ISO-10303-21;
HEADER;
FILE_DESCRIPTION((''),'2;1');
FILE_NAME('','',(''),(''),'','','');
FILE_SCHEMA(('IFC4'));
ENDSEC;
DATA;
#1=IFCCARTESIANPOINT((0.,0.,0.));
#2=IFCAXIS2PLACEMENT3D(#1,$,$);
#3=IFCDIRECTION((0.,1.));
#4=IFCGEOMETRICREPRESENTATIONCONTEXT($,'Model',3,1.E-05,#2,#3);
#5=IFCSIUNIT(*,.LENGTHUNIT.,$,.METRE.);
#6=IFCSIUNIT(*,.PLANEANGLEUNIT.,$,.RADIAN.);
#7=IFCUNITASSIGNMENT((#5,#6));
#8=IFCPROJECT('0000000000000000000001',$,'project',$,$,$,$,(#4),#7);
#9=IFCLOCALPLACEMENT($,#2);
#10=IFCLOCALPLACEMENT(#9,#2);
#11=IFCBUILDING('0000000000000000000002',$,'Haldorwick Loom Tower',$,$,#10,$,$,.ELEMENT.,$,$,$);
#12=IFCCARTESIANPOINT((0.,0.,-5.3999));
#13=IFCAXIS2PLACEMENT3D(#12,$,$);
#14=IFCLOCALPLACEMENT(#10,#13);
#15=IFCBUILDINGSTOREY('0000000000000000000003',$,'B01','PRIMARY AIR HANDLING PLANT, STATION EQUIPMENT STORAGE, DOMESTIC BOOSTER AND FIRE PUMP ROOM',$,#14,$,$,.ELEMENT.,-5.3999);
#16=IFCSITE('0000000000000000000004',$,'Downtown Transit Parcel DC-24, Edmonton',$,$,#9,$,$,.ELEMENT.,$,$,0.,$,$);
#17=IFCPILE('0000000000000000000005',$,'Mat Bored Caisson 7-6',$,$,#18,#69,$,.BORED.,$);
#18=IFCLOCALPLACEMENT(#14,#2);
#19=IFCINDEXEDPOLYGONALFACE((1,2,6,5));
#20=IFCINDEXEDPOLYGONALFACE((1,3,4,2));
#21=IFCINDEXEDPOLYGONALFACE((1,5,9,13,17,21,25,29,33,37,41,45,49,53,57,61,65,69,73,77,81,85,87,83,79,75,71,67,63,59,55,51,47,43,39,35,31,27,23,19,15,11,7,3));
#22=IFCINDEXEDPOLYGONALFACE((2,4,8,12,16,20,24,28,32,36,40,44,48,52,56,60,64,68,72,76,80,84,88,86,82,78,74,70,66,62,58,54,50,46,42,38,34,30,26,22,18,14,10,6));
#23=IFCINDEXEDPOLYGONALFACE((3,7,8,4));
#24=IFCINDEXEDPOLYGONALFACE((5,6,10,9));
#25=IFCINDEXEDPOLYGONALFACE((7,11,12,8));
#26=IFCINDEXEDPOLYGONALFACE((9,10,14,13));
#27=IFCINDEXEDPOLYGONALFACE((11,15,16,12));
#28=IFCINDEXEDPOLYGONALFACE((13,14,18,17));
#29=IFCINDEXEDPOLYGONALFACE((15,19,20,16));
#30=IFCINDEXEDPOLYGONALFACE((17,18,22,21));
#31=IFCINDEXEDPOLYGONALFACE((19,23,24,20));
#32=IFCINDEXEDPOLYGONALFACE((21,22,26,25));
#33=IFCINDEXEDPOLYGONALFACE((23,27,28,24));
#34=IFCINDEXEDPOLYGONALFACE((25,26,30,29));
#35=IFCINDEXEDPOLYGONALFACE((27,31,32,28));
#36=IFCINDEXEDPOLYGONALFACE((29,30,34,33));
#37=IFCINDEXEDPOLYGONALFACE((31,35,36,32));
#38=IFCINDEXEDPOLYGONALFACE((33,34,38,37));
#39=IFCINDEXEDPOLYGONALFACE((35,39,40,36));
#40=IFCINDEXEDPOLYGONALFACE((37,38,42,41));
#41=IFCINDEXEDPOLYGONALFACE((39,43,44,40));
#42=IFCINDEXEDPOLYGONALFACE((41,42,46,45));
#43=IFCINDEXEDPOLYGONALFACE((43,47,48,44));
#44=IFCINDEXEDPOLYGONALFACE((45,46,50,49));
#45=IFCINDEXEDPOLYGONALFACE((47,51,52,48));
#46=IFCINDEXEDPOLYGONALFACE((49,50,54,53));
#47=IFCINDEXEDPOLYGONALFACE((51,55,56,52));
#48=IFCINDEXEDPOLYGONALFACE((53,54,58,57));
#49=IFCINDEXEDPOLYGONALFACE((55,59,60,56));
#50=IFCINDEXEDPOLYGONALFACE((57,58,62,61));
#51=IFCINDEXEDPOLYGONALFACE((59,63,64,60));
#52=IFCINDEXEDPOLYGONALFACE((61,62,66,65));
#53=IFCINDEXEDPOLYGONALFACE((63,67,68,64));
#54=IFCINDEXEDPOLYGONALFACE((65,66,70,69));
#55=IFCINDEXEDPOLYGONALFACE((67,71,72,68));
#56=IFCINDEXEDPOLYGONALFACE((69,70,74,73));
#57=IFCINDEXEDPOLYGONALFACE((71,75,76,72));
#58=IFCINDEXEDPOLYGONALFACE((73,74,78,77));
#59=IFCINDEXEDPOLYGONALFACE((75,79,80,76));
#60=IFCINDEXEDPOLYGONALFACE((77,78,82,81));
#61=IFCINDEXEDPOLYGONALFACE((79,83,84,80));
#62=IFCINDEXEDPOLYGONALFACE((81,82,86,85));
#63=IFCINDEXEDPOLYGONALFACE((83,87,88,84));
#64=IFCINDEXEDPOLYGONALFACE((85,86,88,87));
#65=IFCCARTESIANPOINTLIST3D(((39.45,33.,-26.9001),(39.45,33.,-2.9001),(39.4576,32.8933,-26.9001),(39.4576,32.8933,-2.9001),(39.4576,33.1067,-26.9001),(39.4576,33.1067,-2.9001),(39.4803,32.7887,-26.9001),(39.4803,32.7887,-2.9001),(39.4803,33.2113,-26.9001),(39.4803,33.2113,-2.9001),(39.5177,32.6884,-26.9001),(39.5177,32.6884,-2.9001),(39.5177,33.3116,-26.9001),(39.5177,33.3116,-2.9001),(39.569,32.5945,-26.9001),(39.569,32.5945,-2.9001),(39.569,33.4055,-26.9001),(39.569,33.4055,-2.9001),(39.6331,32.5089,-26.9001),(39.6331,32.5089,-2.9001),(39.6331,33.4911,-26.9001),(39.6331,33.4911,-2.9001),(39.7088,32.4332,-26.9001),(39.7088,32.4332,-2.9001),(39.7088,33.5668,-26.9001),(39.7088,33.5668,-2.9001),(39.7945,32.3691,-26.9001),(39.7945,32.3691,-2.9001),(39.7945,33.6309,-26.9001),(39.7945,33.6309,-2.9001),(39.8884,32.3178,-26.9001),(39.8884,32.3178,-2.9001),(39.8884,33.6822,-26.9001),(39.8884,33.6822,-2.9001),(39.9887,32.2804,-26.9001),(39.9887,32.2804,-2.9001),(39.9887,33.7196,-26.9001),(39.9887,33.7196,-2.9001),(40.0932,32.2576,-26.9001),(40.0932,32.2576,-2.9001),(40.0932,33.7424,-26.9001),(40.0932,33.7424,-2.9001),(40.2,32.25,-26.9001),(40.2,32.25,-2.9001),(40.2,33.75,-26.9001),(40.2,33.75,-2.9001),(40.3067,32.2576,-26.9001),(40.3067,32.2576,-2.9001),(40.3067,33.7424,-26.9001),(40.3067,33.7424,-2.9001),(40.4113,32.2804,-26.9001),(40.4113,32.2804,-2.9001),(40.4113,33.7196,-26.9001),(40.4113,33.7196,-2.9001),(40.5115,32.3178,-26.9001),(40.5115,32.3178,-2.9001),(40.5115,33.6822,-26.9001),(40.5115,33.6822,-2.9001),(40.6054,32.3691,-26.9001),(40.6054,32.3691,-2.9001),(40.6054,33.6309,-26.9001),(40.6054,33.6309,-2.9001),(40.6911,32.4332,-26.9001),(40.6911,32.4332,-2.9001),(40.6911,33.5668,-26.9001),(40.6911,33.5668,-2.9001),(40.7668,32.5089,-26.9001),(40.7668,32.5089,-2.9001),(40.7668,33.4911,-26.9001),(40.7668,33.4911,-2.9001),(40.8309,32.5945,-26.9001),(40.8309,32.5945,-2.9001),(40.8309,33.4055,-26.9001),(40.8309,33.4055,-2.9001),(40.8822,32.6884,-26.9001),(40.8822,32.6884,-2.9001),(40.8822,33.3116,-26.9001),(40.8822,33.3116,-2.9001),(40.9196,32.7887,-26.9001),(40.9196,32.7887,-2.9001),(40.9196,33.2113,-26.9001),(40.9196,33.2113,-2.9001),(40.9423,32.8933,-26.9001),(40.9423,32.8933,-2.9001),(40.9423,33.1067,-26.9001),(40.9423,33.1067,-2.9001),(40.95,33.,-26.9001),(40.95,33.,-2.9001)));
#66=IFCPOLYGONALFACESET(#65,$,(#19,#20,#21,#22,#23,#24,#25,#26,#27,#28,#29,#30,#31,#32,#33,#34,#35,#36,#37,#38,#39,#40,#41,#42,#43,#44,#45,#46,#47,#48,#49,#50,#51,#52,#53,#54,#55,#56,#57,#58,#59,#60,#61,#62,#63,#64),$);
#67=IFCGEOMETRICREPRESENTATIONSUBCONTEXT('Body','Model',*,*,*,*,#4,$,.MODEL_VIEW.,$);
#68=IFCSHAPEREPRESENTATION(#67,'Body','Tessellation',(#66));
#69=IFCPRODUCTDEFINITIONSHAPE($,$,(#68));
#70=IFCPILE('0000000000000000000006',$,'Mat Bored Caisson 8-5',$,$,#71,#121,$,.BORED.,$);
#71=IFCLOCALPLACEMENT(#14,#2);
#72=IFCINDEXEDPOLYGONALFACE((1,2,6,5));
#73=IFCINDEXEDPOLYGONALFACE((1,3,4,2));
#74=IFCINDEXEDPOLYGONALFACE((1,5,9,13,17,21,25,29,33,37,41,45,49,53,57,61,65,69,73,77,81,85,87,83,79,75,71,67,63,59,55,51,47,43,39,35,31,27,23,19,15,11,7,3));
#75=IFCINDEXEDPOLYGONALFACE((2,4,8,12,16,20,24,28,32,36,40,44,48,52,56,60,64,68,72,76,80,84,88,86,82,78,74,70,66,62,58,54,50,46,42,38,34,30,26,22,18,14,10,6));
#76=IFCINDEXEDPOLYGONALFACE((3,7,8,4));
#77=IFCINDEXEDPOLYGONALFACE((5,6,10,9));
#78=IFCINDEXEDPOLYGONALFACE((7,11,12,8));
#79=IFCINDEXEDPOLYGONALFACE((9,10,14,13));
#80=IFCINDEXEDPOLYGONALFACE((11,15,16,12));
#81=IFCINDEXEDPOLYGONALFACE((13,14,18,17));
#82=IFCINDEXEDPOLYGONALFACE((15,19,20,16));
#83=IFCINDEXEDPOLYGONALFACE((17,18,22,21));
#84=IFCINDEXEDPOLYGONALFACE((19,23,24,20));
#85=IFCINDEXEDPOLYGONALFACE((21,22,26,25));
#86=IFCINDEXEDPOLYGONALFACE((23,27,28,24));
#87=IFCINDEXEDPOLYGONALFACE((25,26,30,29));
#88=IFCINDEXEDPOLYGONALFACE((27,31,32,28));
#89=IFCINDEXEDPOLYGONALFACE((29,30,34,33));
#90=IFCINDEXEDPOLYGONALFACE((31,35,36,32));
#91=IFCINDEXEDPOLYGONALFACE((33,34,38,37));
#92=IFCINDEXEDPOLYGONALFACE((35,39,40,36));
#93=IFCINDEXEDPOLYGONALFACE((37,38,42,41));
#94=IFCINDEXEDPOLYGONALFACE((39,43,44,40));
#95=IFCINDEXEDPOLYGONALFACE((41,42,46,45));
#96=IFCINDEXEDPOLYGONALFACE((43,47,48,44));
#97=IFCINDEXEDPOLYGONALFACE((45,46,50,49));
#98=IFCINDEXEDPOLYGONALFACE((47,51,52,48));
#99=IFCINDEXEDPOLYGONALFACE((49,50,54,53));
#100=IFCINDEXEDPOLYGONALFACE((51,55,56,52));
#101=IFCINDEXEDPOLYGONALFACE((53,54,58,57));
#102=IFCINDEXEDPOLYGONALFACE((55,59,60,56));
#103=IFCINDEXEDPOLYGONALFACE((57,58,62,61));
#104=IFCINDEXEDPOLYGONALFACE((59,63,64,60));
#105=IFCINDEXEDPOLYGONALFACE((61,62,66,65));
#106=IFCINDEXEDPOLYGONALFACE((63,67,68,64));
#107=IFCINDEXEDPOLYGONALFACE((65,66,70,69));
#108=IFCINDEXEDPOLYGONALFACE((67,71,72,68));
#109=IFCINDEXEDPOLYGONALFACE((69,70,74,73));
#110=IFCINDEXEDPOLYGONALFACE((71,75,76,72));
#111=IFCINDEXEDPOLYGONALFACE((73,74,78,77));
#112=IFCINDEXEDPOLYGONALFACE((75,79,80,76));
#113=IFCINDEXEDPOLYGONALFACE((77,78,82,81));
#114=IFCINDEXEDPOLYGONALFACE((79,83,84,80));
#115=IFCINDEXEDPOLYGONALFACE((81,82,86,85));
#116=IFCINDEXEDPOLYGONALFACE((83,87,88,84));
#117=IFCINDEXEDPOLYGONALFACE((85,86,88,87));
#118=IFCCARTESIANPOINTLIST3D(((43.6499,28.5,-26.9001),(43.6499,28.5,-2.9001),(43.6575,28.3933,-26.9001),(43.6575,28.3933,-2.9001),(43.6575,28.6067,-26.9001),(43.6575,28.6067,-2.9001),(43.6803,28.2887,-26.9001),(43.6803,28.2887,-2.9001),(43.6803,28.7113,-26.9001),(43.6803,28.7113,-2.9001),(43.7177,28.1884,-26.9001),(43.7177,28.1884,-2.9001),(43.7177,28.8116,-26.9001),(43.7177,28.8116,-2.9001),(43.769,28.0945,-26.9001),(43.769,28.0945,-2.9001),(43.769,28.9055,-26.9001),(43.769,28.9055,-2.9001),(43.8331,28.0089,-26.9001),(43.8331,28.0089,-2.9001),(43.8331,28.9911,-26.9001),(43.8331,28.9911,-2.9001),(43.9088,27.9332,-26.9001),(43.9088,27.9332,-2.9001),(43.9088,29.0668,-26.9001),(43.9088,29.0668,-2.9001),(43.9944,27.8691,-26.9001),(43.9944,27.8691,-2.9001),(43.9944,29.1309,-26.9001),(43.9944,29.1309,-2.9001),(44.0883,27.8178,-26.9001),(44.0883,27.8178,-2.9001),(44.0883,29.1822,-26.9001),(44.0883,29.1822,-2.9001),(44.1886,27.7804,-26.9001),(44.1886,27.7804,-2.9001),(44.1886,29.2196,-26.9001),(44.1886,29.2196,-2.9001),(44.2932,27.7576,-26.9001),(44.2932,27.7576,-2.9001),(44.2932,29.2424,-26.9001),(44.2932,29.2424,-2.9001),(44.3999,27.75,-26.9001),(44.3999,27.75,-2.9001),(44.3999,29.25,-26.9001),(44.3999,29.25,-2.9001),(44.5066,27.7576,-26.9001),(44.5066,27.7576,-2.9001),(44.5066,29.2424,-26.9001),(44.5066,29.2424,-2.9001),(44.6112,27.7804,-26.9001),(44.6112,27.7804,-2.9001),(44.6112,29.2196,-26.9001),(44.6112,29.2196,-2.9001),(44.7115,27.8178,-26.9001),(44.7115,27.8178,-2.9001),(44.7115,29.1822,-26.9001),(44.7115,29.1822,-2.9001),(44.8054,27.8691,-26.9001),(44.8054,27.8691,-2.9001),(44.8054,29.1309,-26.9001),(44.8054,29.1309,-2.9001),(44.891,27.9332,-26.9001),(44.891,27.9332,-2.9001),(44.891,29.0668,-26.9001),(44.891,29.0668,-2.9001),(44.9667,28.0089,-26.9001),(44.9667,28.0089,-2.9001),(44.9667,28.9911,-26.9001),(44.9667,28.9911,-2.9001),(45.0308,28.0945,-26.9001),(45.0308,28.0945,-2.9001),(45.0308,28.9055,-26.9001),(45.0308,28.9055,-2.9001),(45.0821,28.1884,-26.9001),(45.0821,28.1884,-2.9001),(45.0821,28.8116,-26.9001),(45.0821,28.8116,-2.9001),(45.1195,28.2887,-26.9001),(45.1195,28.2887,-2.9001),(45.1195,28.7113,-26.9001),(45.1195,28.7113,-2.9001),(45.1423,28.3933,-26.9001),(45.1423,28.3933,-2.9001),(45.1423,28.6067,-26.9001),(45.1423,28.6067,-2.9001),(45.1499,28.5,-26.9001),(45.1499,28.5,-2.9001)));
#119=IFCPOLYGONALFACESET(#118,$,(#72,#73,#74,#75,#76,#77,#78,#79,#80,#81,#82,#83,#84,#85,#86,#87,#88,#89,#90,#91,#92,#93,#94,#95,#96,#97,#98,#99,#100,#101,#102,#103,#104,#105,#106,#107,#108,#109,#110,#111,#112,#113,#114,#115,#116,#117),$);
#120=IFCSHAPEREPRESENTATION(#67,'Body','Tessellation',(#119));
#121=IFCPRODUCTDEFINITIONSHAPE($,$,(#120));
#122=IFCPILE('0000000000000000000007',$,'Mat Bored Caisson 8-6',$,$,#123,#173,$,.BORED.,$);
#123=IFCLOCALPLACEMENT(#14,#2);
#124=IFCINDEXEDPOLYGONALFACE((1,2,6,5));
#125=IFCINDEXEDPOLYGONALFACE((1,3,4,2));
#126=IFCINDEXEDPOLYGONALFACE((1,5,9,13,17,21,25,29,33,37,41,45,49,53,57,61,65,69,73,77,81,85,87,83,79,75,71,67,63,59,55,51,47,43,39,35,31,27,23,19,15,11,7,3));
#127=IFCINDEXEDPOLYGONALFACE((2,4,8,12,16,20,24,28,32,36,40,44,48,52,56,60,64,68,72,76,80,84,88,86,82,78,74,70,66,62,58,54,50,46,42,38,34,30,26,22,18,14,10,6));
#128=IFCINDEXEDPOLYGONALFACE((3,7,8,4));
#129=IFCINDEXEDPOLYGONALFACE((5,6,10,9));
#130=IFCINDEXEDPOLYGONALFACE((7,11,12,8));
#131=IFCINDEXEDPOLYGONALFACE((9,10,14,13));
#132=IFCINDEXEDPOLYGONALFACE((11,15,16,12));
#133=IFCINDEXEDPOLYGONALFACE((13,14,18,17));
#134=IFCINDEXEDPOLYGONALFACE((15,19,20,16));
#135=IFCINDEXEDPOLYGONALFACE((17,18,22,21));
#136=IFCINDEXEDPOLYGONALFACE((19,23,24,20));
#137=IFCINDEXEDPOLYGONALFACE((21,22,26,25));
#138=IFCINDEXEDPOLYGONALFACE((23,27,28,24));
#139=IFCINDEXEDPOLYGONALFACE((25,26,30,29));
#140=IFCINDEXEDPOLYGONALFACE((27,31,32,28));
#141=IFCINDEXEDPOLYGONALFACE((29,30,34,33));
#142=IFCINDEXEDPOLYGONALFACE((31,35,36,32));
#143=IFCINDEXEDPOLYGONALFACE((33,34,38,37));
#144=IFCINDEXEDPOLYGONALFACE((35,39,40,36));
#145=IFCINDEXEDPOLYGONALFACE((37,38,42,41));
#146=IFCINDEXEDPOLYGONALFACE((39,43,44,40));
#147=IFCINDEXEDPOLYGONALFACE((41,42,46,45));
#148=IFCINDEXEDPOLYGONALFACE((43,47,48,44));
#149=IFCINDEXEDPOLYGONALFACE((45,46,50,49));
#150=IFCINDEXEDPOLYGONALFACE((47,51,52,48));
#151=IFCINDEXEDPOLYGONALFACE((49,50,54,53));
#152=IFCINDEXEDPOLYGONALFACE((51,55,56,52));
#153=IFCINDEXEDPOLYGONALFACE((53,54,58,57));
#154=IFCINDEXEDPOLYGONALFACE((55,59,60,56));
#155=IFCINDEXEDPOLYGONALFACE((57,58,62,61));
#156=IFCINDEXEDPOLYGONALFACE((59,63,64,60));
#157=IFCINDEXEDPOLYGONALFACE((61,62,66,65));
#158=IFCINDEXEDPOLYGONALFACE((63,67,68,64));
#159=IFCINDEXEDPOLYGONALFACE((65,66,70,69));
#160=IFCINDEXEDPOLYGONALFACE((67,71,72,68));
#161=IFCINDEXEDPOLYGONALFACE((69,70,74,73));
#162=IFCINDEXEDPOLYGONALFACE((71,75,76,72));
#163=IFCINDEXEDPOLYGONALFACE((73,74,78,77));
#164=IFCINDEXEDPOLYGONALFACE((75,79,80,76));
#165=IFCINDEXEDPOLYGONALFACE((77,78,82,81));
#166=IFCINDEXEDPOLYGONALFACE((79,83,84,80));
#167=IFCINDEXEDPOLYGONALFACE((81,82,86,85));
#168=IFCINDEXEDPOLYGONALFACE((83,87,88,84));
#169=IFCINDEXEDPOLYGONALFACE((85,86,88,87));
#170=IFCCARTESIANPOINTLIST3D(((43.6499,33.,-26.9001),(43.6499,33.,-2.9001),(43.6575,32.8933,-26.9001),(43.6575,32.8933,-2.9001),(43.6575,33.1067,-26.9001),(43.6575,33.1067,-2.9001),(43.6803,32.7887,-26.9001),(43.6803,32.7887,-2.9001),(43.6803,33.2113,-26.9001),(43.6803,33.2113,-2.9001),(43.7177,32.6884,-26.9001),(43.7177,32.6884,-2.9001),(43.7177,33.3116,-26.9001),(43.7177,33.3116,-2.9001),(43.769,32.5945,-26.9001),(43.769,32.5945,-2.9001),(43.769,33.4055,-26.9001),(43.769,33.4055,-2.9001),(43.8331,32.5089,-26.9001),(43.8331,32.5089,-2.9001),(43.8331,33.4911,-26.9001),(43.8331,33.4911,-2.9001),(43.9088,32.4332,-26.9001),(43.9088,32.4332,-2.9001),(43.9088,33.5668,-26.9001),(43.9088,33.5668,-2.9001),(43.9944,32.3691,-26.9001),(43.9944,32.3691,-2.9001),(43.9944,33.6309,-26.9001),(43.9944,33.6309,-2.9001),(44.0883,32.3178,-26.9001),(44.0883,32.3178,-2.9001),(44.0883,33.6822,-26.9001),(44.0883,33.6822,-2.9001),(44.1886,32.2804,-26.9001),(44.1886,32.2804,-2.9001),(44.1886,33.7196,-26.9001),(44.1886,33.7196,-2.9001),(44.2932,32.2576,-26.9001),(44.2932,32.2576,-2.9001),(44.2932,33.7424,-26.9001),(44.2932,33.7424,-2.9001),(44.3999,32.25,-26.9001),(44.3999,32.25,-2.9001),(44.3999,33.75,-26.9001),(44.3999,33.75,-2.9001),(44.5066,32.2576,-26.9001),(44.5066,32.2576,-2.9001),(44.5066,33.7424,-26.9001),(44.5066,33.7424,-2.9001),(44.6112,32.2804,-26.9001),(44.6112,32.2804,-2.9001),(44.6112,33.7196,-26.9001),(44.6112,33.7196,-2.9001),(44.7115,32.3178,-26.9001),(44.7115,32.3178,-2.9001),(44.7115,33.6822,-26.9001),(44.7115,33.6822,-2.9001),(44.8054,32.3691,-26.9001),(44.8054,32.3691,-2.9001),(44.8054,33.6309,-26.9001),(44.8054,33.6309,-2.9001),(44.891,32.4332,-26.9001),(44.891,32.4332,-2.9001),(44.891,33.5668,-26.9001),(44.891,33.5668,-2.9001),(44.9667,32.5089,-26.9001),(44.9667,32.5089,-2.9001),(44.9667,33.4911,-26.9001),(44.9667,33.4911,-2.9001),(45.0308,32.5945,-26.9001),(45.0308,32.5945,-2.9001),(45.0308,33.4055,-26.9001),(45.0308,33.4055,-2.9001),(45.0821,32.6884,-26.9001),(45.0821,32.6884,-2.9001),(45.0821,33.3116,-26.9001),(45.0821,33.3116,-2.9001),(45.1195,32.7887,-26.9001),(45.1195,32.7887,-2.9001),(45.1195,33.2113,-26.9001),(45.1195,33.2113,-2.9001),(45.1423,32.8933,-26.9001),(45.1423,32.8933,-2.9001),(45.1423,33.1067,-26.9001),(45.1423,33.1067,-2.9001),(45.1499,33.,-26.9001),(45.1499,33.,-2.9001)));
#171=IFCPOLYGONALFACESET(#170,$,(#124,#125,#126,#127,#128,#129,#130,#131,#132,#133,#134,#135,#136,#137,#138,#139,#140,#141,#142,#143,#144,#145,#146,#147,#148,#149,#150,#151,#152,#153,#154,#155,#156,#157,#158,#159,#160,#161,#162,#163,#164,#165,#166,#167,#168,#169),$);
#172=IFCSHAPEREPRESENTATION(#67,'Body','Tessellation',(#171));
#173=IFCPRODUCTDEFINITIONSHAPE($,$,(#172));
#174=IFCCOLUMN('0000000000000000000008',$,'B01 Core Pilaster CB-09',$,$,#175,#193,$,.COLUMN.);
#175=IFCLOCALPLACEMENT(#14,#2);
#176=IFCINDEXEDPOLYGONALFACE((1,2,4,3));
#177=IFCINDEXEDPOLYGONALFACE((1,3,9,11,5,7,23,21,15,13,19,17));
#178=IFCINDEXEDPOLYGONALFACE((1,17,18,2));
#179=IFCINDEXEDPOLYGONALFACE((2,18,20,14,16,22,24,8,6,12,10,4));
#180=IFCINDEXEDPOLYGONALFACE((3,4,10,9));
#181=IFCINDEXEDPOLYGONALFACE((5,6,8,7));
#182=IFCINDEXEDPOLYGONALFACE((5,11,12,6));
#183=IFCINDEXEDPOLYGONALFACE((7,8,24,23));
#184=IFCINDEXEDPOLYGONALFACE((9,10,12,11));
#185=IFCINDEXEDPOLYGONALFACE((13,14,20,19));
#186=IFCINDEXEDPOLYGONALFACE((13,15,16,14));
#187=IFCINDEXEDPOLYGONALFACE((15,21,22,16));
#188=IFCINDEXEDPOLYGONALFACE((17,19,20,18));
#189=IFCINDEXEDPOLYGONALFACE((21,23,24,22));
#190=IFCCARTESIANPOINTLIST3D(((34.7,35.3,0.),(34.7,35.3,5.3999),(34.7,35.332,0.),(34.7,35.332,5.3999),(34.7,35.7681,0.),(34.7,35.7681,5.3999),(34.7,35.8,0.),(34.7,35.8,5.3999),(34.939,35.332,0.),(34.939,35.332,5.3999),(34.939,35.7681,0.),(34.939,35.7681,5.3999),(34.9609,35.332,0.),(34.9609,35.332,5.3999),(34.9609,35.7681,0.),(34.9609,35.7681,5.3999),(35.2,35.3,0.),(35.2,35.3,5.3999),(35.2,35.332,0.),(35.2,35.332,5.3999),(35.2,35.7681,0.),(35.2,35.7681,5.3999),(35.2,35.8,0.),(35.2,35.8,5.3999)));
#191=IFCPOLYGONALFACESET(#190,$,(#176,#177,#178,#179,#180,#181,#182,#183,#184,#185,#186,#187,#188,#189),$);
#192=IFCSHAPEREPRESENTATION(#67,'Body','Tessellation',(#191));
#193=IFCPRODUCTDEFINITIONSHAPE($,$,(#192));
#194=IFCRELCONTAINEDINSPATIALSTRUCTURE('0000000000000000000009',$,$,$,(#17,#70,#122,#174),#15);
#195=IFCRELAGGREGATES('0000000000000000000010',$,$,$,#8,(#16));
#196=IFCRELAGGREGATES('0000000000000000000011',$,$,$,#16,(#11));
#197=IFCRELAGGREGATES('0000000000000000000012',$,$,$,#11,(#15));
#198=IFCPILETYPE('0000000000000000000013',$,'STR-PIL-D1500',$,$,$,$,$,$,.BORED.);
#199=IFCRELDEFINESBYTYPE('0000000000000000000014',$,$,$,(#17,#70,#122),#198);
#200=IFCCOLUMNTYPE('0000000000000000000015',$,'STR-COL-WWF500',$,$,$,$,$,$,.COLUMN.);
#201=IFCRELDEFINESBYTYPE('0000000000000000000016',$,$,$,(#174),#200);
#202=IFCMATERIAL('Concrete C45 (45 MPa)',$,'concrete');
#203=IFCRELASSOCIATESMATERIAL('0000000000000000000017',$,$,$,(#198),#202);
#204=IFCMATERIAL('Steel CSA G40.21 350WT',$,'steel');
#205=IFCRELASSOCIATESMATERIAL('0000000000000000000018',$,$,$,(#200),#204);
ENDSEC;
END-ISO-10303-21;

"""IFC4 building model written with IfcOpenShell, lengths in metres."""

from ifc_helpers import new_model, si_unit, direction, frame, origin, origin_2d, place, context, subcontext, project, spatial, circle, i_section, extrude, material, material_profile, profile_set, type_object, element, save


model = new_model("IFC4")

# Units and contexts
model_context = context("Model", 3, precision=1e-05, world=origin(), true_north=direction((0.0, 1.0)))
body_context = subcontext(model_context, "Body", "Model", "MODEL_VIEW")
ifc_project = project(units=[si_unit("LENGTHUNIT", "METRE"), si_unit("PLANEANGLEUNIT", "RADIAN")], contexts=[model_context])

# Site, building, storey
site_placement = place(None, origin())
site = spatial("IfcSite", under=ifc_project, at=site_placement, Name="Downtown Transit Parcel DC-24, Edmonton", CompositionType="ELEMENT", RefElevation=0.0)
building_placement = place(site_placement, origin())
building = spatial("IfcBuilding", under=site, at=building_placement, Name="Haldorwick Loom Tower", CompositionType="ELEMENT")
storey_placement = place(building_placement, frame((0.0, 0.0, -5.3999)))
storey = spatial("IfcBuildingStorey", under=building, at=storey_placement, Name="B01", Description="PRIMARY AIR HANDLING PLANT, STATION EQUIPMENT STORAGE, DOMESTIC BOOSTER AND FIRE PUMP ROOM", CompositionType="ELEMENT", Elevation=-5.3999)

# Piles
ifc_material_1 = material(Name="Concrete C45 (45 MPa)", Category="concrete")
ifc_material_profile_1 = material_profile(ifc_material_1, circle(Radius=0.75, at=origin_2d()), Name="CAISSON_D1500", Category="concrete")
ifc_profile_set_1 = profile_set([ifc_material_profile_1], Name="Concrete C45 (45 MPa)")
pile_type = type_object("IfcPileType", Name="STR-PIL-D1500", PredefinedType="BORED", material=ifc_profile_set_1)
for number, where, z_axis, x_axis, name in (
    (1, (40.2, 33.0, -2.9001), (0.0, 0.0, -1.0), (1.0, 0.0, 0.0), "Mat Bored Caisson 7-6"),
    (2, (44.3999, 28.5, -2.9001), (0.0, 0.0, -1.0), (1.0, 0.0, 0.0), "Mat Bored Caisson 8-5"),
    (3, (44.3999, 33.0, -2.9001), (0.0, 0.0, -1.0), (1.0, 0.0, 0.0), "Mat Bored Caisson 8-6"),
):
    element("IfcPile", number, at=place(storey_placement, frame(where, z_axis=z_axis, x_axis=x_axis)), inside=storey, type_object=pile_type, Name=name, PredefinedType="BORED", context=body_context, shape_type="SweptSolid", body=[
        extrude(circle(Radius=0.75, at=origin_2d()), origin(), (0.0, 0.0, 1.0), 24.0),
    ])

# Column
ifc_material_2 = material(Name="Steel CSA G40.21 350WT", Category="steel")
ifc_material_profile_2 = material_profile(ifc_material_2, i_section(OverallWidth=0.5, OverallDepth=0.5, WebThickness=0.022, FlangeThickness=0.032, at=origin_2d()), Name="WWF500X500", Category="steel")
ifc_profile_set_2 = profile_set([ifc_material_profile_2], Name="Steel CSA G40.21 350WT")
column_type = type_object("IfcColumnType", Name="STR-COL-WWF500", PredefinedType="COLUMN", material=ifc_profile_set_2)
for number, where, z_axis, x_axis, name in (
    (4, (34.95, 35.55, 0.0), (0.0, 0.0, 1.0), (1.0, 0.0, 0.0), "B01 Core Pilaster CB-09"),
):
    element("IfcColumn", number, at=place(storey_placement, frame(where, z_axis=z_axis, x_axis=x_axis)), inside=storey, type_object=column_type, Name=name, PredefinedType="COLUMN", context=body_context, shape_type="SweptSolid", body=[
        extrude(i_section(OverallWidth=0.5, OverallDepth=0.5, WebThickness=0.022, FlangeThickness=0.032, at=origin_2d()), origin(), (0.0, 0.0, 1.0), 5.3999),
    ])

save(model, "model.ifc")
